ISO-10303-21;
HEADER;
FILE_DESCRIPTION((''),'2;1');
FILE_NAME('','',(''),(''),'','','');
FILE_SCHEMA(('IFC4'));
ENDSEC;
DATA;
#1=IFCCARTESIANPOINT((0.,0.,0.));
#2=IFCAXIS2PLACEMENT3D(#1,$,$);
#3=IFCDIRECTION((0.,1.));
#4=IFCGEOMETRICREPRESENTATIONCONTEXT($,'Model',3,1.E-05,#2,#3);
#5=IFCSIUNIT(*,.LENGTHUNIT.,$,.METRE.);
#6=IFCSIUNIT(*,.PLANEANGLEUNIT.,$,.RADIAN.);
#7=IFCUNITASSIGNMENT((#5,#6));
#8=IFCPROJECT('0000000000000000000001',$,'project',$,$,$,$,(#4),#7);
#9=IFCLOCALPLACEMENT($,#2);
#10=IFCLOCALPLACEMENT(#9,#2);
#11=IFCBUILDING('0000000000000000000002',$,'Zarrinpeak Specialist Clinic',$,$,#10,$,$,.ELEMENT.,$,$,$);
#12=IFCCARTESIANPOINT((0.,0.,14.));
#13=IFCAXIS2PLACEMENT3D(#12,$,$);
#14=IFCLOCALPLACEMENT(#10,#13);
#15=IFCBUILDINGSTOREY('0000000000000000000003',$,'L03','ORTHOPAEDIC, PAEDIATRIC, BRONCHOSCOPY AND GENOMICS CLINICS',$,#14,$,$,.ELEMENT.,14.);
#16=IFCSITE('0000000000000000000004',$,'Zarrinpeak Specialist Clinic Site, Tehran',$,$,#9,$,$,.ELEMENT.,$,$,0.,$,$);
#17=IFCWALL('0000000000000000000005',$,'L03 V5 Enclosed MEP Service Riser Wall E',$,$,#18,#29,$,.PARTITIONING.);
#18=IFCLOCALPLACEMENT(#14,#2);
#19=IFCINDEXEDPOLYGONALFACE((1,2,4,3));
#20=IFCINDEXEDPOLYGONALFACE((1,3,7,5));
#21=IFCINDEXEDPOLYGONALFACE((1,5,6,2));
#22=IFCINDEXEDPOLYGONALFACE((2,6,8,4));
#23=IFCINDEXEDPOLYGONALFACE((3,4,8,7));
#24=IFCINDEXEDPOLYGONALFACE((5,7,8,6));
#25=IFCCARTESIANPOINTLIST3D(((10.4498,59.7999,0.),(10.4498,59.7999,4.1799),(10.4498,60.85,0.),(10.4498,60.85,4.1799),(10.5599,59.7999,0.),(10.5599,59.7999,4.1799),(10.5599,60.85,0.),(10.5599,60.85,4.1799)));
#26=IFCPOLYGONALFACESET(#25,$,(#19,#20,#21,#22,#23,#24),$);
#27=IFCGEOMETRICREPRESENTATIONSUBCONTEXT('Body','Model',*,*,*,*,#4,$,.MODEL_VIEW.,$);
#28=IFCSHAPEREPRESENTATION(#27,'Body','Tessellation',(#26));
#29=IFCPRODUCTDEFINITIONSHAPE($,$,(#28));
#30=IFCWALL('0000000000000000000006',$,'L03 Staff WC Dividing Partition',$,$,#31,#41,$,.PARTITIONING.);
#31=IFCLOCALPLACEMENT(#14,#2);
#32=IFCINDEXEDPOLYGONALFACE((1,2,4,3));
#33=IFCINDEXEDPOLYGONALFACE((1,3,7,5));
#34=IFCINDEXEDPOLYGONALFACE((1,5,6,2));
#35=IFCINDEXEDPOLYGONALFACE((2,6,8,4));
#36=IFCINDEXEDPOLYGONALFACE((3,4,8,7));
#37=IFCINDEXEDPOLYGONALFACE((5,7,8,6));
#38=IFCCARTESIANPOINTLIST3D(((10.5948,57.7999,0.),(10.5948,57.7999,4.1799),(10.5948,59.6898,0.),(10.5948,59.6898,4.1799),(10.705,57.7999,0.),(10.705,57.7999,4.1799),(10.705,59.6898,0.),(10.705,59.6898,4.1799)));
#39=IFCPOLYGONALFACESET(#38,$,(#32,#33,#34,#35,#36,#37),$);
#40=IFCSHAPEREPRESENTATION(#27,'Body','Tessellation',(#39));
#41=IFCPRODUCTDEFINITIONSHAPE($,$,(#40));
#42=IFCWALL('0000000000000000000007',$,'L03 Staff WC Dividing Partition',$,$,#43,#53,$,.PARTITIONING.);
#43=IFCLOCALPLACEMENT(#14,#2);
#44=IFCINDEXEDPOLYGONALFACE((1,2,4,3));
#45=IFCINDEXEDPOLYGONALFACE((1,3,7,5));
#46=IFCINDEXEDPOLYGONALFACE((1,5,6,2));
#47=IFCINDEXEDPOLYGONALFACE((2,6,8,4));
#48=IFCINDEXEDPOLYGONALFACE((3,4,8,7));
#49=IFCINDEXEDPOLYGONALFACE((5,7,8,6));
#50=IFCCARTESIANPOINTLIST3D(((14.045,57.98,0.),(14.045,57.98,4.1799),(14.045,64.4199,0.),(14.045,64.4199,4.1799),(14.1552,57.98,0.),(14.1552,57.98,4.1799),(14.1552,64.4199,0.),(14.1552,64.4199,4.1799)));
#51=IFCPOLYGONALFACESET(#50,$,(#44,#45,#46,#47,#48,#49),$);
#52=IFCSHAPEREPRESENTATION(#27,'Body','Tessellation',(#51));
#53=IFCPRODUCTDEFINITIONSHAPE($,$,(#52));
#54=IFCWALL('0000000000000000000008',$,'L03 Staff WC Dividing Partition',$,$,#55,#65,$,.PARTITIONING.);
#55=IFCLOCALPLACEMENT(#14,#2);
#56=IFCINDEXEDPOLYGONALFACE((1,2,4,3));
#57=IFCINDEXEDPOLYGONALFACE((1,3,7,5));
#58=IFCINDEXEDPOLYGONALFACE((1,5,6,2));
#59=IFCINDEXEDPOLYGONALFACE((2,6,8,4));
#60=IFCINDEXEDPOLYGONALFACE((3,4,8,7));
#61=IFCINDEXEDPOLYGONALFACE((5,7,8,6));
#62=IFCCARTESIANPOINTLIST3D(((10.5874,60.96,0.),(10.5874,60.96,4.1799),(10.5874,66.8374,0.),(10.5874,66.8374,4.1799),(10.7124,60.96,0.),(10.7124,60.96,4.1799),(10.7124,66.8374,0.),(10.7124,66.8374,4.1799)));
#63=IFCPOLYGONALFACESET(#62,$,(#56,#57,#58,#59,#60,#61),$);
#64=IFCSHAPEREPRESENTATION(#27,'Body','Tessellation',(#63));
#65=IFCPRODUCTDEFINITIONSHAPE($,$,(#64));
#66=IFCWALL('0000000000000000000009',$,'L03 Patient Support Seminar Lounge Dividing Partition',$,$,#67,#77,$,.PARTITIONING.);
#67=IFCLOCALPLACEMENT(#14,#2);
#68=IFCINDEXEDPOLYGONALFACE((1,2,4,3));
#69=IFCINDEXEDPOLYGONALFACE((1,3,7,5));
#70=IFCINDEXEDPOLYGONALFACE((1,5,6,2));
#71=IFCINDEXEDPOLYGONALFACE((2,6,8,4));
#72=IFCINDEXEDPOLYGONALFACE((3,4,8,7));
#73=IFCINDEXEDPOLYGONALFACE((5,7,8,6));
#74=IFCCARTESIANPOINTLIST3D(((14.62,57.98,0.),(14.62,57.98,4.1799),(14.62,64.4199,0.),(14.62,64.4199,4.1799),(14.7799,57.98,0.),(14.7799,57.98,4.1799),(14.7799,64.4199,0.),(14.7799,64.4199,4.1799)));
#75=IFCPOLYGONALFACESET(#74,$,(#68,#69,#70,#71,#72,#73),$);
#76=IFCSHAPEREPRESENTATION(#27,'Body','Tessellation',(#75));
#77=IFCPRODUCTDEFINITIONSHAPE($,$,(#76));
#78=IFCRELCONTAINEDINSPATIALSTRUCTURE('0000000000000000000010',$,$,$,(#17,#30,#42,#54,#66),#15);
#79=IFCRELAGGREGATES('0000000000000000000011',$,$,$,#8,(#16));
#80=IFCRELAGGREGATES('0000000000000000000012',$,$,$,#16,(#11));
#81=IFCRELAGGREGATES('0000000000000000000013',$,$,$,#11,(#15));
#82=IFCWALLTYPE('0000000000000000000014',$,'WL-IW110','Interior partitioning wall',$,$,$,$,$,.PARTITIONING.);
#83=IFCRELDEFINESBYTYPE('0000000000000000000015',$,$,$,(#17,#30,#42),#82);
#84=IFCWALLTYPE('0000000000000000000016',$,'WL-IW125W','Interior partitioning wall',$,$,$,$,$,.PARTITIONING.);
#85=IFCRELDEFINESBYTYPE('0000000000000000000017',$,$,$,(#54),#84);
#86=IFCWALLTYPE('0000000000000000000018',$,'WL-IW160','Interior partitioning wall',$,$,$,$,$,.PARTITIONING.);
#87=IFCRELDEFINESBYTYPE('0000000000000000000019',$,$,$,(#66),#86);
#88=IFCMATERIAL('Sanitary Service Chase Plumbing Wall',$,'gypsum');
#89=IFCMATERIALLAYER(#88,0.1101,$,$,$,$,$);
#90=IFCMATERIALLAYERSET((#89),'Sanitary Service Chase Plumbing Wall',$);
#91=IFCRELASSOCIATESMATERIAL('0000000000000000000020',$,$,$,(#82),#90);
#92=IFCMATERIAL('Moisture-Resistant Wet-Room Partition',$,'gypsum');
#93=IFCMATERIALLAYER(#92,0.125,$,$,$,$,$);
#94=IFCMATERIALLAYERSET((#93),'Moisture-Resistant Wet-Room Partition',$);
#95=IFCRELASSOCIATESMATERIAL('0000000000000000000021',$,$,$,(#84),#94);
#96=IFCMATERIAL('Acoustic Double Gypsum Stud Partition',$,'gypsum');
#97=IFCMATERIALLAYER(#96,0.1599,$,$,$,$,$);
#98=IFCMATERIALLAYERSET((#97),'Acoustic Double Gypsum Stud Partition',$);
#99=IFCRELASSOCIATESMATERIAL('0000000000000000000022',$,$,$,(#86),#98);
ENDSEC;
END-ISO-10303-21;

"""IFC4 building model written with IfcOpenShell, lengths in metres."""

from ifc_helpers import new_model, si_unit, direction, frame, frame_2d, origin, place, context, subcontext, project, spatial, rectangle, extrude, material, layer, layer_set, type_object, element, save


model = new_model("IFC4")

# Units and contexts
model_context = context("Model", 3, precision=1e-05, world=origin(), true_north=direction((0.0, 1.0)))
body_context = subcontext(model_context, "Body", "Model", "MODEL_VIEW")
ifc_project = project(units=[si_unit("LENGTHUNIT", "METRE"), si_unit("PLANEANGLEUNIT", "RADIAN")], contexts=[model_context])

# Site, building, storey
site_placement = place(None, origin())
site = spatial("IfcSite", under=ifc_project, at=site_placement, Name="Zarrinpeak Specialist Clinic Site, Tehran", CompositionType="ELEMENT", RefElevation=0.0)
building_placement = place(site_placement, origin())
building = spatial("IfcBuilding", under=site, at=building_placement, Name="Zarrinpeak Specialist Clinic", CompositionType="ELEMENT")
storey_placement = place(building_placement, frame((0.0, 0.0, 14.0)))
storey = spatial("IfcBuildingStorey", under=building, at=storey_placement, Name="L03", Description="ORTHOPAEDIC, PAEDIATRIC, BRONCHOSCOPY AND GENOMICS CLINICS", CompositionType="ELEMENT", Elevation=14.0)

# Walls
ifc_material_1 = material(Name="Sanitary Service Chase Plumbing Wall", Category="gypsum")
ifc_layer_1 = layer(ifc_material_1, 0.1101)
ifc_layer_set_1 = layer_set([ifc_layer_1], Name="Sanitary Service Chase Plumbing Wall")
wall_type_1 = type_object("IfcWallType", Name="WL-IW110", Description="Interior partitioning wall", PredefinedType="PARTITIONING", material=ifc_layer_set_1)
wall_1_placement = place(storey_placement, frame((10.5049, 59.8, 0.0), z_axis=(0.0, 0.0, 1.0), x_axis=(0.0, 1.0, 0.0)))
element("IfcWall", 1, at=wall_1_placement, inside=storey, type_object=wall_type_1, Name="L03 V5 Enclosed MEP Service Riser Wall E", PredefinedType="PARTITIONING", context=body_context, shape_type="SweptSolid", body=[
    extrude(rectangle(XDim=1.05, YDim=0.1101, at=frame_2d((0.5249, 0.0))), origin(), (0.0, 0.0, 1.0), 4.1799),
])
wall_2_placement = place(storey_placement, frame((10.6499, 57.8, 0.0), z_axis=(0.0, 0.0, 1.0), x_axis=(0.0, 1.0, 0.0)))
element("IfcWall", 2, at=wall_2_placement, inside=storey, type_object=wall_type_1, Name="L03 Staff WC Dividing Partition", PredefinedType="PARTITIONING", context=body_context, shape_type="SweptSolid", body=[
    extrude(rectangle(XDim=1.8899, YDim=0.1101, at=frame_2d((0.9448, 0.0))), origin(), (0.0, 0.0, 1.0), 4.1799),
])
wall_3_placement = place(storey_placement, frame((14.1001, 57.98, 0.0), z_axis=(0.0, 0.0, 1.0), x_axis=(0.0, 1.0, 0.0)))
element("IfcWall", 3, at=wall_3_placement, inside=storey, type_object=wall_type_1, Name="L03 Staff WC Dividing Partition", PredefinedType="PARTITIONING", context=body_context, shape_type="SweptSolid", body=[
    extrude(rectangle(XDim=6.4399, YDim=0.1101, at=frame_2d((3.22, 0.0))), origin(), (0.0, 0.0, 1.0), 4.1799),
])
ifc_material_2 = material(Name="Moisture-Resistant Wet-Room Partition", Category="gypsum")
ifc_layer_2 = layer(ifc_material_2, 0.125)
ifc_layer_set_2 = layer_set([ifc_layer_2], Name="Moisture-Resistant Wet-Room Partition")
wall_type_2 = type_object("IfcWallType", Name="WL-IW125W", Description="Interior partitioning wall", PredefinedType="PARTITIONING", material=ifc_layer_set_2)
wall_4_placement = place(storey_placement, frame((10.6499, 60.96, 0.0), z_axis=(0.0, 0.0, 1.0), x_axis=(0.0, 1.0, 0.0)))
element("IfcWall", 4, at=wall_4_placement, inside=storey, type_object=wall_type_2, Name="L03 Staff WC Dividing Partition", PredefinedType="PARTITIONING", context=body_context, shape_type="SweptSolid", body=[
    extrude(rectangle(XDim=5.8774, YDim=0.125, at=frame_2d((2.9387, 0.0))), origin(), (0.0, 0.0, 1.0), 4.1799),
])
ifc_material_3 = material(Name="Acoustic Double Gypsum Stud Partition", Category="gypsum")
ifc_layer_3 = layer(ifc_material_3, 0.1599)
ifc_layer_set_3 = layer_set([ifc_layer_3], Name="Acoustic Double Gypsum Stud Partition")
wall_type_3 = type_object("IfcWallType", Name="WL-IW160", Description="Interior partitioning wall", PredefinedType="PARTITIONING", material=ifc_layer_set_3)
wall_5_placement = place(storey_placement, frame((14.7, 57.98, 0.0), z_axis=(0.0, 0.0, 1.0), x_axis=(0.0, 1.0, 0.0)))
element("IfcWall", 5, at=wall_5_placement, inside=storey, type_object=wall_type_3, Name="L03 Patient Support Seminar Lounge Dividing Partition", PredefinedType="PARTITIONING", context=body_context, shape_type="SweptSolid", body=[
    extrude(rectangle(XDim=6.4399, YDim=0.1599, at=frame_2d((3.22, 0.0))), origin(), (0.0, 0.0, 1.0), 4.1799),
])

save(model, "model.ifc")
